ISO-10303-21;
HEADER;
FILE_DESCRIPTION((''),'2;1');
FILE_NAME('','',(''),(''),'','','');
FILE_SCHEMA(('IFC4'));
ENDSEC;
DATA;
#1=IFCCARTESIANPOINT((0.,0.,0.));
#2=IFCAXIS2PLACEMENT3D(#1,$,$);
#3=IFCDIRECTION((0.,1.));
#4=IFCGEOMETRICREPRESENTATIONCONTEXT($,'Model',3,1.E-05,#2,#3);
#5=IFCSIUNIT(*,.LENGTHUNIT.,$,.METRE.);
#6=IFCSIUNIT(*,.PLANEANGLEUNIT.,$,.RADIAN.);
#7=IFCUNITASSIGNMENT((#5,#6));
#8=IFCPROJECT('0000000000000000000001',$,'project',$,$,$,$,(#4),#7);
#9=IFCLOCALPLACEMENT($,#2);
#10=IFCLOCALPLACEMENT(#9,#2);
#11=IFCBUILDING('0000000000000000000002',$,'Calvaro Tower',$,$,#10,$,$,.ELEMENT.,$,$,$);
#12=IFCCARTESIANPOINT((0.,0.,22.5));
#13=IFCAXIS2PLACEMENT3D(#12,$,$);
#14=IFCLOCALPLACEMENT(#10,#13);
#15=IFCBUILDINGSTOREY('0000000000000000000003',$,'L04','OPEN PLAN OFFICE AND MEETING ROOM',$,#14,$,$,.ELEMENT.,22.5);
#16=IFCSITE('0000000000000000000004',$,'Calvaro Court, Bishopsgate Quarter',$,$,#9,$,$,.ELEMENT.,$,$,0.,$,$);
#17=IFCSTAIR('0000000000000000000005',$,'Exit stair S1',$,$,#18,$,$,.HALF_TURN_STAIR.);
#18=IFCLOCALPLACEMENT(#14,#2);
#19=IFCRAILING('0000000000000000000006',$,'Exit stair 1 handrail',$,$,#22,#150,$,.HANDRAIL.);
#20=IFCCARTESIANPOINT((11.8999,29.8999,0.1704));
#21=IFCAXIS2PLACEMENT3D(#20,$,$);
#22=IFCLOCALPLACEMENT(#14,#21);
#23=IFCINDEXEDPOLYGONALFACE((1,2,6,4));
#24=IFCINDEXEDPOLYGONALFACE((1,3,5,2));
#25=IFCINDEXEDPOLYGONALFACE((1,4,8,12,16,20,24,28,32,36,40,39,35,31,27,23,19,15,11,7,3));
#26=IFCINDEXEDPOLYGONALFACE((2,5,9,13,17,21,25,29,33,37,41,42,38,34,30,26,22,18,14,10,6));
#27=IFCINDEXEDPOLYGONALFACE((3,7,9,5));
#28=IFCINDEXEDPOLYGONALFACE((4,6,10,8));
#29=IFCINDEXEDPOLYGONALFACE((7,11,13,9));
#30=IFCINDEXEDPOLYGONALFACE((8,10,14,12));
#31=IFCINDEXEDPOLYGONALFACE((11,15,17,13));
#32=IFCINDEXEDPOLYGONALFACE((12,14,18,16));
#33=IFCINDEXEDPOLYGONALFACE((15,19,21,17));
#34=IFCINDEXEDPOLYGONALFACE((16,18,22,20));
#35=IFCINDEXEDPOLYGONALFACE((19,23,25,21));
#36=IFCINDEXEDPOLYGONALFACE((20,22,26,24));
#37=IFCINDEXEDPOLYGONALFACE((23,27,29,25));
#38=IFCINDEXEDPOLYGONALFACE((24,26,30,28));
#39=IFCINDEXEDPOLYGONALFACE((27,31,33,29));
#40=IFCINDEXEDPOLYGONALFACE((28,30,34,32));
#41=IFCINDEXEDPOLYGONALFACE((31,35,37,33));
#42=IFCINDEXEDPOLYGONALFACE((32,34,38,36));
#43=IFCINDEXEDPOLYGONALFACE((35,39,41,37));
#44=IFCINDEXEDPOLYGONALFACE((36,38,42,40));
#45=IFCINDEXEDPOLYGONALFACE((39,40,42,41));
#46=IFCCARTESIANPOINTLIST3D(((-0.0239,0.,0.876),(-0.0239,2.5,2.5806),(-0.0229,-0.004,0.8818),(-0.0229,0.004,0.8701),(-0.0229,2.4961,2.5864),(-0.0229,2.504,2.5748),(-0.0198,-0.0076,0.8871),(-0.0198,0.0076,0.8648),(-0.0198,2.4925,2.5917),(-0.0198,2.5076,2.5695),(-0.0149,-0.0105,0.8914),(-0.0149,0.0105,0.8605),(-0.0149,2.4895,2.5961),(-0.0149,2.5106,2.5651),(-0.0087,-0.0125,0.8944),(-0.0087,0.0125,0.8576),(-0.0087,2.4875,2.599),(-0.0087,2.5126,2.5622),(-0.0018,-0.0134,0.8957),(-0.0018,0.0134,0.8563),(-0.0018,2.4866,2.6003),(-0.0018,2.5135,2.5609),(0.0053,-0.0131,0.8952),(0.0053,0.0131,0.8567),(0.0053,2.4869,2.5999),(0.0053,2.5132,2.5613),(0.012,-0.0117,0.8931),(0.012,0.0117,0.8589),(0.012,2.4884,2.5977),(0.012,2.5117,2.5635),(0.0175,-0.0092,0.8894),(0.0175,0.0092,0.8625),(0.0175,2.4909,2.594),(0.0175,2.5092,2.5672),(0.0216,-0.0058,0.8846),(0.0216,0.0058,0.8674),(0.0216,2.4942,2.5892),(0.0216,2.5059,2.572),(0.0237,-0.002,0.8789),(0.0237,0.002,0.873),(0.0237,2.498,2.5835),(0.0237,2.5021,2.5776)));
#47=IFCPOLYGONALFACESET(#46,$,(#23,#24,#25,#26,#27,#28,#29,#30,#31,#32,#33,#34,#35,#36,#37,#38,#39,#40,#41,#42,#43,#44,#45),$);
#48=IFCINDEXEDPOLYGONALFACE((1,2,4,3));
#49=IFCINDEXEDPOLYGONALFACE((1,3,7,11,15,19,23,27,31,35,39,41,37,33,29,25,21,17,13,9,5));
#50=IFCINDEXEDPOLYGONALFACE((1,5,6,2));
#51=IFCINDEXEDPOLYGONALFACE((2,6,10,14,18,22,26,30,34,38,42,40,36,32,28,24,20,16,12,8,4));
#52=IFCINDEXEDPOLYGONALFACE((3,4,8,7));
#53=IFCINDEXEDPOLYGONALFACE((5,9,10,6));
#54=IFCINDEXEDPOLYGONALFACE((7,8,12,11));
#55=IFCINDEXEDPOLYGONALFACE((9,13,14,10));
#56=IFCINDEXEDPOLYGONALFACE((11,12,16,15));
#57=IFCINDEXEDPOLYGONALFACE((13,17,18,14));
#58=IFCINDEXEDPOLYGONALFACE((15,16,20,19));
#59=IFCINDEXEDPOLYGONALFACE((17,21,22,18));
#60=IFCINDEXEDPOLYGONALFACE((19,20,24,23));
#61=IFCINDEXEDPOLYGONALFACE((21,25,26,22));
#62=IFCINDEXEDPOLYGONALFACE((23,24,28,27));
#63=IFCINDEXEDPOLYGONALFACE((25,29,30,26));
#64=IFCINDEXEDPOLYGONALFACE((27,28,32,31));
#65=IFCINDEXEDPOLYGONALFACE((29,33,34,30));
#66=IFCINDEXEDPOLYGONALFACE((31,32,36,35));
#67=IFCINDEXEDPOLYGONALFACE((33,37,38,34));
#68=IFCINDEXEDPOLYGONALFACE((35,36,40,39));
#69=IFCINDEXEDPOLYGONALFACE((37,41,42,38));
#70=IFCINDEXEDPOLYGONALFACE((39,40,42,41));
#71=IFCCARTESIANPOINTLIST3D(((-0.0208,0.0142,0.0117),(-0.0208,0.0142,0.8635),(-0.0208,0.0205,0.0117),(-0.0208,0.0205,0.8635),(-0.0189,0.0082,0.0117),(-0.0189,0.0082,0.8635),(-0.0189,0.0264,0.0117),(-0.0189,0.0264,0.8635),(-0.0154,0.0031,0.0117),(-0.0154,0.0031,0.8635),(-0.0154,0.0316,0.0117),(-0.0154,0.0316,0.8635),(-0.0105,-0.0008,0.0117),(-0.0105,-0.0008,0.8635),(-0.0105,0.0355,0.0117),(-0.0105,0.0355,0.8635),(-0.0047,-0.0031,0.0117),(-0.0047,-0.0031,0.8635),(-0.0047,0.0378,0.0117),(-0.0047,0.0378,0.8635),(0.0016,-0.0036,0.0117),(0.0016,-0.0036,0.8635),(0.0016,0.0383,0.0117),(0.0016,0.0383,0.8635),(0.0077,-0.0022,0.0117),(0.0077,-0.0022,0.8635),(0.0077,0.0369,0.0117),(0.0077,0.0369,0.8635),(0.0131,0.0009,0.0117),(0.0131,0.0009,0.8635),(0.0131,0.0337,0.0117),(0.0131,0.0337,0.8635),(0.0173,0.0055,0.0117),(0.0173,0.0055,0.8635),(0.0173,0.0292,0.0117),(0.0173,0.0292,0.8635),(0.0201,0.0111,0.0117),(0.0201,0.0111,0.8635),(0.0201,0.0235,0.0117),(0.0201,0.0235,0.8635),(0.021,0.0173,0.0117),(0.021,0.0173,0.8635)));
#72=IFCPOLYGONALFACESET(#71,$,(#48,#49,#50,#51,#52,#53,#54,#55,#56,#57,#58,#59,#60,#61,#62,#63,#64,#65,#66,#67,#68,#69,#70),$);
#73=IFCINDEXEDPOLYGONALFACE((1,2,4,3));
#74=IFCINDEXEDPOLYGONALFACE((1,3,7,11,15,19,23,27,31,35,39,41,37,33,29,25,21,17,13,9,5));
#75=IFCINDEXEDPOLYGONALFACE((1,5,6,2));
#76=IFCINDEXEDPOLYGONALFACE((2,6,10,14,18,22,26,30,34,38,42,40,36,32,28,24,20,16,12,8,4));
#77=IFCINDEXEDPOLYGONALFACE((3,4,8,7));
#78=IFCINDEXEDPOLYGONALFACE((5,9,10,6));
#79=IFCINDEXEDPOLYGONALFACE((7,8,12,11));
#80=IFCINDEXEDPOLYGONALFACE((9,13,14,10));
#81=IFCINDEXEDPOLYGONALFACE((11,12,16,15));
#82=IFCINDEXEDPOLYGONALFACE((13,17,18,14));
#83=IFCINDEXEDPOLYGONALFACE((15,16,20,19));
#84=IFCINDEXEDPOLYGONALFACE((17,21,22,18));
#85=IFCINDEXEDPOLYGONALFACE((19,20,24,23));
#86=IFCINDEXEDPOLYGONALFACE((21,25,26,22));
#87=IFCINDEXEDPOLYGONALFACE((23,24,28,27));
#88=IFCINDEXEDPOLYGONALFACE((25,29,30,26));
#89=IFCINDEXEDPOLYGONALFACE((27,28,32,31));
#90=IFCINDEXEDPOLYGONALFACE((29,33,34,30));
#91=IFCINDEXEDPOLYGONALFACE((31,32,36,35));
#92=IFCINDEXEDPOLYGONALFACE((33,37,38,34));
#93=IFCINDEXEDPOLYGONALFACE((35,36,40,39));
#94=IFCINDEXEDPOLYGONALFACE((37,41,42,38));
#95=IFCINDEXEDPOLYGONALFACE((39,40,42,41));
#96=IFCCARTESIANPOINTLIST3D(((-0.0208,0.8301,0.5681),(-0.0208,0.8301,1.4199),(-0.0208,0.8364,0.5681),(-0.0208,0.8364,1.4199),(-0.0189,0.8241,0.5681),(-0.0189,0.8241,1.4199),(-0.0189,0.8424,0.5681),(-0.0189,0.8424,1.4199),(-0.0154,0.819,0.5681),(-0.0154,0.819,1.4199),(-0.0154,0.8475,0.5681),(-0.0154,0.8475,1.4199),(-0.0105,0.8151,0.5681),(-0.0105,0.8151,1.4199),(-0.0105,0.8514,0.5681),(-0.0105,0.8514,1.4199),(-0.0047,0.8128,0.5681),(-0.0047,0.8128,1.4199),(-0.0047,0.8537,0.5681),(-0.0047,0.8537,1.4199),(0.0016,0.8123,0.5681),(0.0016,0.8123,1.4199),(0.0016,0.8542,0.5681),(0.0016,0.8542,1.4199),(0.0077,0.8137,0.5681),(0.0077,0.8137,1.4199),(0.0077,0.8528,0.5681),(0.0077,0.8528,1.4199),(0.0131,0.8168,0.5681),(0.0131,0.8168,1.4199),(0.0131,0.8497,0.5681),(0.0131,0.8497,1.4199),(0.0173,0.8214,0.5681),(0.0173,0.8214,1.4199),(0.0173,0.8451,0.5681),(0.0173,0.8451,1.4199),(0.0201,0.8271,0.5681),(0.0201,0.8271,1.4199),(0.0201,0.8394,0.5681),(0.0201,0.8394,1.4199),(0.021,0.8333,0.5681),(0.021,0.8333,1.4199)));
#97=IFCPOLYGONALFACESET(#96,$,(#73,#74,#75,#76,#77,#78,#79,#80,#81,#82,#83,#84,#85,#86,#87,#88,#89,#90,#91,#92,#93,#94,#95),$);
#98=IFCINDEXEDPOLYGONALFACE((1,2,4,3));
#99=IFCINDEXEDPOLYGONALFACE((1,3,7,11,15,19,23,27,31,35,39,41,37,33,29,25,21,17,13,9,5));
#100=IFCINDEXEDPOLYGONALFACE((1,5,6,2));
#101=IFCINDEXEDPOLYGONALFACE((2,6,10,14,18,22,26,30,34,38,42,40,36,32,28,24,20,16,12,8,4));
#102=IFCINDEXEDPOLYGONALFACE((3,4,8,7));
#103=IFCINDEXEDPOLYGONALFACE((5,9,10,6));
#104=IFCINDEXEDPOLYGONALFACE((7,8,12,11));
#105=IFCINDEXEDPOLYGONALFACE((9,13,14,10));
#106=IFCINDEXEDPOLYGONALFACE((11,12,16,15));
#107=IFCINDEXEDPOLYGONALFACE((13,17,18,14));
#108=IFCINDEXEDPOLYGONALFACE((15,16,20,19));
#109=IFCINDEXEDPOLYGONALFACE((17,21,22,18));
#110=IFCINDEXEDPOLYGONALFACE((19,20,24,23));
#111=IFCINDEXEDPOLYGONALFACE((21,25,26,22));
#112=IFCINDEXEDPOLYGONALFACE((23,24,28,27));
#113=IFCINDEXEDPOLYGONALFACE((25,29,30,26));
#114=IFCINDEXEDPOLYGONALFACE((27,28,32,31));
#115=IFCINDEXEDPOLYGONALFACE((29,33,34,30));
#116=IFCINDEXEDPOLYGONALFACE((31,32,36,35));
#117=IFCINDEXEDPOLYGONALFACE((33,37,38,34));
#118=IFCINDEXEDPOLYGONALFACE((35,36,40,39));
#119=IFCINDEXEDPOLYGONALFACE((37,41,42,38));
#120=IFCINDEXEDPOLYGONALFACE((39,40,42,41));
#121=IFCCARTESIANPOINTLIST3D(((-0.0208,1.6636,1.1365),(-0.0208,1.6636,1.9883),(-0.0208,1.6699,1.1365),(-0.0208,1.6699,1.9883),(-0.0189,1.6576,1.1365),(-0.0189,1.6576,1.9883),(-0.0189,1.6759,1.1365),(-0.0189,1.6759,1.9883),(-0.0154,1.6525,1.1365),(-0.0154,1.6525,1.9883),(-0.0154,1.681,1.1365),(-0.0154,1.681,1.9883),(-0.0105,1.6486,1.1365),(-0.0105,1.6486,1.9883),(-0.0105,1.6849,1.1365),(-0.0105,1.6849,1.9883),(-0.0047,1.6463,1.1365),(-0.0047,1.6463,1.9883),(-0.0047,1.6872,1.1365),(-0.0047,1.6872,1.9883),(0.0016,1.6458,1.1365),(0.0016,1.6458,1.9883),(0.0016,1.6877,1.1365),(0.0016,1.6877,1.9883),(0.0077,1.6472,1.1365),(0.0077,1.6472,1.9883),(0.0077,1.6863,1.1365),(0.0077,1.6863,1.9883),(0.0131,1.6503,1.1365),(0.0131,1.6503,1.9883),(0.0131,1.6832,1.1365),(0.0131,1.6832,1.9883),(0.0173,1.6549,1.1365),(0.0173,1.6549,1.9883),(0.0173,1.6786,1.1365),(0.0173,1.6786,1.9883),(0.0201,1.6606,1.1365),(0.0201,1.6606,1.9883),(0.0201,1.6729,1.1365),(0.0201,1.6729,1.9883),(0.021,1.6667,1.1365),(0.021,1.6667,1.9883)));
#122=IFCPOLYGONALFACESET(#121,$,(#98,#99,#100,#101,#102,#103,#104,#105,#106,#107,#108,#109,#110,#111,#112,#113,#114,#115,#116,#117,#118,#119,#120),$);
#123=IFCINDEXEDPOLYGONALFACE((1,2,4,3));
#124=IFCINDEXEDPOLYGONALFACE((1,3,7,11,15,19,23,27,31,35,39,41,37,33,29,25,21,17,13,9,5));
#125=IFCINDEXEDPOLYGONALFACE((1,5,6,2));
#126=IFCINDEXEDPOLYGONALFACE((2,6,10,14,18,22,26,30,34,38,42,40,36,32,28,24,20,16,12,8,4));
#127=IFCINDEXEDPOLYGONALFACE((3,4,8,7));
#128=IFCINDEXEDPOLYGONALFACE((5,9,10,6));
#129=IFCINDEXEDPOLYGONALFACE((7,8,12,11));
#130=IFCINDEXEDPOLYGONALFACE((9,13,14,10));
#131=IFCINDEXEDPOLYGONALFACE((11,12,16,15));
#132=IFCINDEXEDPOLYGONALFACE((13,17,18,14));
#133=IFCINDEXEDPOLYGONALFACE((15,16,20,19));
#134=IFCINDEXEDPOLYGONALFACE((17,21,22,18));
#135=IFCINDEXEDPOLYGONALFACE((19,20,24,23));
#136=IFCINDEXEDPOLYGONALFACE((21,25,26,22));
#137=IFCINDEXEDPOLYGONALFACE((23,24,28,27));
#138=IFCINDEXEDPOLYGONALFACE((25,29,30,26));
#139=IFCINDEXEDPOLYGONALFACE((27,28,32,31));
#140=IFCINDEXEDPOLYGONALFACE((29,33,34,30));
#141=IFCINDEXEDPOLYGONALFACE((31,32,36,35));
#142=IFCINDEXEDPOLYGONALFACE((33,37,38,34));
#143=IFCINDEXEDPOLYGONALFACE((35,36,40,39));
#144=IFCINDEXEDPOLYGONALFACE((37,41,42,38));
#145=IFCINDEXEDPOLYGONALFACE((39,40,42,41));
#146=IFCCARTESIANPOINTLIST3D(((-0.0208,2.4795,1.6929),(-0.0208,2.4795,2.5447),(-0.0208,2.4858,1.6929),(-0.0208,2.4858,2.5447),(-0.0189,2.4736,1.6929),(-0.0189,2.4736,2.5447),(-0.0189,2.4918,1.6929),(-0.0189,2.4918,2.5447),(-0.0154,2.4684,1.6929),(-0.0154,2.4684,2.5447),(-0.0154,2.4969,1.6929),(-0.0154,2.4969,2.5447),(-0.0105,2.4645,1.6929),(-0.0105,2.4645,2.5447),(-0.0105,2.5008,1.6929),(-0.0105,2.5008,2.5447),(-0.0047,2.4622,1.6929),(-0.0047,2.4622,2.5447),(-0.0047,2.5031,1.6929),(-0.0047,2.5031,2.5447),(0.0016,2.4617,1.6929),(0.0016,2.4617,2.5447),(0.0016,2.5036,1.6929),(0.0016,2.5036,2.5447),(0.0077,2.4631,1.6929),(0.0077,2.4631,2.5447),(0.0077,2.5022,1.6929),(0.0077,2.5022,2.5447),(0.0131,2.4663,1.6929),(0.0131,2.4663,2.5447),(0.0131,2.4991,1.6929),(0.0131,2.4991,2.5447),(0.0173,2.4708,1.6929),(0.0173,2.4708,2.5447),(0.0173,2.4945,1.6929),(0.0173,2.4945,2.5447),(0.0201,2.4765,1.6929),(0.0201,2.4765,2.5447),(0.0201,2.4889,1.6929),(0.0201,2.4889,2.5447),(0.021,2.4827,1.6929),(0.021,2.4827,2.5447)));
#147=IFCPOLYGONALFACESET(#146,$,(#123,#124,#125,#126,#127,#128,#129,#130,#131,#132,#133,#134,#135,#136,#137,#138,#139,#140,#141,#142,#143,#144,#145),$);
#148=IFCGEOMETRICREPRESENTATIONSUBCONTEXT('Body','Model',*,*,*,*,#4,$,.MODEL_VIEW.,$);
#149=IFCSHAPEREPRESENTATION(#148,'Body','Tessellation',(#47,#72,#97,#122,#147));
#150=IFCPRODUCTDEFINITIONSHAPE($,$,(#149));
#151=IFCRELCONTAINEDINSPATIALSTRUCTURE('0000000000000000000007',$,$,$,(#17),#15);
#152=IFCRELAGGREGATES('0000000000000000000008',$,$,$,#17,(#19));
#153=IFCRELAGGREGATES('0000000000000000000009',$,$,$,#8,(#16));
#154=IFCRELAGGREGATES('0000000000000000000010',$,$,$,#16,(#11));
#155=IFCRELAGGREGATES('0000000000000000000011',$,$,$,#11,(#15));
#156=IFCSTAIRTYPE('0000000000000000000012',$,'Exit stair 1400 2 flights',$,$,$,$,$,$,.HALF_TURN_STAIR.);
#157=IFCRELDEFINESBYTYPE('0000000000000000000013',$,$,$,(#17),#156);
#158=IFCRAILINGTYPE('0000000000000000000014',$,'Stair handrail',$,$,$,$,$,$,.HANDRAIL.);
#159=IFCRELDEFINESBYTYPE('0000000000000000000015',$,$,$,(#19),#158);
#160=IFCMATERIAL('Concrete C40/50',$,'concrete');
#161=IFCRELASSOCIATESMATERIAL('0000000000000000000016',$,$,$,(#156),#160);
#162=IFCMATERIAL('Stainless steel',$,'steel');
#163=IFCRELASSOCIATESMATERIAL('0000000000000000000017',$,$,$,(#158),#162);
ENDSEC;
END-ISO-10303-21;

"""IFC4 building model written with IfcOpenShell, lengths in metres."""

from ifc_helpers import new_model, si_unit, direction, frame, origin, origin_2d, place, context, subcontext, project, spatial, circle, extrude, material, type_object, element, aggregate, save


model = new_model("IFC4")

# Units and contexts
model_context = context("Model", 3, precision=1e-05, world=origin(), true_north=direction((0.0, 1.0)))
body_context = subcontext(model_context, "Body", "Model", "MODEL_VIEW")
ifc_project = project(units=[si_unit("LENGTHUNIT", "METRE"), si_unit("PLANEANGLEUNIT", "RADIAN")], contexts=[model_context])

# Site, building, storey
site_placement = place(None, origin())
site = spatial("IfcSite", under=ifc_project, at=site_placement, Name="Calvaro Court, Bishopsgate Quarter", CompositionType="ELEMENT", RefElevation=0.0)
building_placement = place(site_placement, origin())
building = spatial("IfcBuilding", under=site, at=building_placement, Name="Calvaro Tower", CompositionType="ELEMENT")
storey_placement = place(building_placement, frame((0.0, 0.0, 22.5)))
storey = spatial("IfcBuildingStorey", under=building, at=storey_placement, Name="L04", Description="OPEN PLAN OFFICE AND MEETING ROOM", CompositionType="ELEMENT", Elevation=22.5)

# Stair, railing
ifc_material_1 = material(Name="Concrete C40/50", Category="concrete")
stair_type = type_object("IfcStairType", Name="Exit stair 1400 2 flights", PredefinedType="HALF_TURN_STAIR", material=ifc_material_1)
stair_placement = place(storey_placement, origin())
stair = element("IfcStair", 1, at=stair_placement, inside=storey, type_object=stair_type, Name="Exit stair S1", PredefinedType="HALF_TURN_STAIR")
ifc_material_2 = material(Name="Stainless steel", Category="steel")
railing_type = type_object("IfcRailingType", Name="Stair handrail", PredefinedType="HANDRAIL", material=ifc_material_2)
railing_1_placement = place(storey_placement, frame((11.8999, 29.8999, 0.1704)))
railing_1 = element("IfcRailing", 2, at=railing_1_placement, type_object=railing_type, Name="Exit stair 1 handrail", PredefinedType="HANDRAIL", context=body_context, shape_type="SweptSolid", body=[
    extrude(circle(Radius=0.0239, at=origin_2d()), frame((0.0, 0.0, 0.876), z_axis=(0.0, 0.826221, 0.563347), x_axis=(-1.0, 0.0, 0.0)), (0.0, 0.0, 1.0), 3.0259),
    extrude(circle(Radius=0.021, at=origin_2d()), frame((0.0, 0.0173, 0.0117)), (0.0, 0.0, 1.0), 0.8518),
    extrude(circle(Radius=0.021, at=origin_2d()), frame((0.0, 0.8333, 0.5681)), (0.0, 0.0, 1.0), 0.8518),
    extrude(circle(Radius=0.021, at=origin_2d()), frame((0.0, 1.6667, 1.1365)), (0.0, 0.0, 1.0), 0.8518),
    extrude(circle(Radius=0.021, at=origin_2d()), frame((0.0, 2.4827, 1.6929)), (0.0, 0.0, 1.0), 0.8518),
])
aggregate(stair, [railing_1])

save(model, "model.ifc")
